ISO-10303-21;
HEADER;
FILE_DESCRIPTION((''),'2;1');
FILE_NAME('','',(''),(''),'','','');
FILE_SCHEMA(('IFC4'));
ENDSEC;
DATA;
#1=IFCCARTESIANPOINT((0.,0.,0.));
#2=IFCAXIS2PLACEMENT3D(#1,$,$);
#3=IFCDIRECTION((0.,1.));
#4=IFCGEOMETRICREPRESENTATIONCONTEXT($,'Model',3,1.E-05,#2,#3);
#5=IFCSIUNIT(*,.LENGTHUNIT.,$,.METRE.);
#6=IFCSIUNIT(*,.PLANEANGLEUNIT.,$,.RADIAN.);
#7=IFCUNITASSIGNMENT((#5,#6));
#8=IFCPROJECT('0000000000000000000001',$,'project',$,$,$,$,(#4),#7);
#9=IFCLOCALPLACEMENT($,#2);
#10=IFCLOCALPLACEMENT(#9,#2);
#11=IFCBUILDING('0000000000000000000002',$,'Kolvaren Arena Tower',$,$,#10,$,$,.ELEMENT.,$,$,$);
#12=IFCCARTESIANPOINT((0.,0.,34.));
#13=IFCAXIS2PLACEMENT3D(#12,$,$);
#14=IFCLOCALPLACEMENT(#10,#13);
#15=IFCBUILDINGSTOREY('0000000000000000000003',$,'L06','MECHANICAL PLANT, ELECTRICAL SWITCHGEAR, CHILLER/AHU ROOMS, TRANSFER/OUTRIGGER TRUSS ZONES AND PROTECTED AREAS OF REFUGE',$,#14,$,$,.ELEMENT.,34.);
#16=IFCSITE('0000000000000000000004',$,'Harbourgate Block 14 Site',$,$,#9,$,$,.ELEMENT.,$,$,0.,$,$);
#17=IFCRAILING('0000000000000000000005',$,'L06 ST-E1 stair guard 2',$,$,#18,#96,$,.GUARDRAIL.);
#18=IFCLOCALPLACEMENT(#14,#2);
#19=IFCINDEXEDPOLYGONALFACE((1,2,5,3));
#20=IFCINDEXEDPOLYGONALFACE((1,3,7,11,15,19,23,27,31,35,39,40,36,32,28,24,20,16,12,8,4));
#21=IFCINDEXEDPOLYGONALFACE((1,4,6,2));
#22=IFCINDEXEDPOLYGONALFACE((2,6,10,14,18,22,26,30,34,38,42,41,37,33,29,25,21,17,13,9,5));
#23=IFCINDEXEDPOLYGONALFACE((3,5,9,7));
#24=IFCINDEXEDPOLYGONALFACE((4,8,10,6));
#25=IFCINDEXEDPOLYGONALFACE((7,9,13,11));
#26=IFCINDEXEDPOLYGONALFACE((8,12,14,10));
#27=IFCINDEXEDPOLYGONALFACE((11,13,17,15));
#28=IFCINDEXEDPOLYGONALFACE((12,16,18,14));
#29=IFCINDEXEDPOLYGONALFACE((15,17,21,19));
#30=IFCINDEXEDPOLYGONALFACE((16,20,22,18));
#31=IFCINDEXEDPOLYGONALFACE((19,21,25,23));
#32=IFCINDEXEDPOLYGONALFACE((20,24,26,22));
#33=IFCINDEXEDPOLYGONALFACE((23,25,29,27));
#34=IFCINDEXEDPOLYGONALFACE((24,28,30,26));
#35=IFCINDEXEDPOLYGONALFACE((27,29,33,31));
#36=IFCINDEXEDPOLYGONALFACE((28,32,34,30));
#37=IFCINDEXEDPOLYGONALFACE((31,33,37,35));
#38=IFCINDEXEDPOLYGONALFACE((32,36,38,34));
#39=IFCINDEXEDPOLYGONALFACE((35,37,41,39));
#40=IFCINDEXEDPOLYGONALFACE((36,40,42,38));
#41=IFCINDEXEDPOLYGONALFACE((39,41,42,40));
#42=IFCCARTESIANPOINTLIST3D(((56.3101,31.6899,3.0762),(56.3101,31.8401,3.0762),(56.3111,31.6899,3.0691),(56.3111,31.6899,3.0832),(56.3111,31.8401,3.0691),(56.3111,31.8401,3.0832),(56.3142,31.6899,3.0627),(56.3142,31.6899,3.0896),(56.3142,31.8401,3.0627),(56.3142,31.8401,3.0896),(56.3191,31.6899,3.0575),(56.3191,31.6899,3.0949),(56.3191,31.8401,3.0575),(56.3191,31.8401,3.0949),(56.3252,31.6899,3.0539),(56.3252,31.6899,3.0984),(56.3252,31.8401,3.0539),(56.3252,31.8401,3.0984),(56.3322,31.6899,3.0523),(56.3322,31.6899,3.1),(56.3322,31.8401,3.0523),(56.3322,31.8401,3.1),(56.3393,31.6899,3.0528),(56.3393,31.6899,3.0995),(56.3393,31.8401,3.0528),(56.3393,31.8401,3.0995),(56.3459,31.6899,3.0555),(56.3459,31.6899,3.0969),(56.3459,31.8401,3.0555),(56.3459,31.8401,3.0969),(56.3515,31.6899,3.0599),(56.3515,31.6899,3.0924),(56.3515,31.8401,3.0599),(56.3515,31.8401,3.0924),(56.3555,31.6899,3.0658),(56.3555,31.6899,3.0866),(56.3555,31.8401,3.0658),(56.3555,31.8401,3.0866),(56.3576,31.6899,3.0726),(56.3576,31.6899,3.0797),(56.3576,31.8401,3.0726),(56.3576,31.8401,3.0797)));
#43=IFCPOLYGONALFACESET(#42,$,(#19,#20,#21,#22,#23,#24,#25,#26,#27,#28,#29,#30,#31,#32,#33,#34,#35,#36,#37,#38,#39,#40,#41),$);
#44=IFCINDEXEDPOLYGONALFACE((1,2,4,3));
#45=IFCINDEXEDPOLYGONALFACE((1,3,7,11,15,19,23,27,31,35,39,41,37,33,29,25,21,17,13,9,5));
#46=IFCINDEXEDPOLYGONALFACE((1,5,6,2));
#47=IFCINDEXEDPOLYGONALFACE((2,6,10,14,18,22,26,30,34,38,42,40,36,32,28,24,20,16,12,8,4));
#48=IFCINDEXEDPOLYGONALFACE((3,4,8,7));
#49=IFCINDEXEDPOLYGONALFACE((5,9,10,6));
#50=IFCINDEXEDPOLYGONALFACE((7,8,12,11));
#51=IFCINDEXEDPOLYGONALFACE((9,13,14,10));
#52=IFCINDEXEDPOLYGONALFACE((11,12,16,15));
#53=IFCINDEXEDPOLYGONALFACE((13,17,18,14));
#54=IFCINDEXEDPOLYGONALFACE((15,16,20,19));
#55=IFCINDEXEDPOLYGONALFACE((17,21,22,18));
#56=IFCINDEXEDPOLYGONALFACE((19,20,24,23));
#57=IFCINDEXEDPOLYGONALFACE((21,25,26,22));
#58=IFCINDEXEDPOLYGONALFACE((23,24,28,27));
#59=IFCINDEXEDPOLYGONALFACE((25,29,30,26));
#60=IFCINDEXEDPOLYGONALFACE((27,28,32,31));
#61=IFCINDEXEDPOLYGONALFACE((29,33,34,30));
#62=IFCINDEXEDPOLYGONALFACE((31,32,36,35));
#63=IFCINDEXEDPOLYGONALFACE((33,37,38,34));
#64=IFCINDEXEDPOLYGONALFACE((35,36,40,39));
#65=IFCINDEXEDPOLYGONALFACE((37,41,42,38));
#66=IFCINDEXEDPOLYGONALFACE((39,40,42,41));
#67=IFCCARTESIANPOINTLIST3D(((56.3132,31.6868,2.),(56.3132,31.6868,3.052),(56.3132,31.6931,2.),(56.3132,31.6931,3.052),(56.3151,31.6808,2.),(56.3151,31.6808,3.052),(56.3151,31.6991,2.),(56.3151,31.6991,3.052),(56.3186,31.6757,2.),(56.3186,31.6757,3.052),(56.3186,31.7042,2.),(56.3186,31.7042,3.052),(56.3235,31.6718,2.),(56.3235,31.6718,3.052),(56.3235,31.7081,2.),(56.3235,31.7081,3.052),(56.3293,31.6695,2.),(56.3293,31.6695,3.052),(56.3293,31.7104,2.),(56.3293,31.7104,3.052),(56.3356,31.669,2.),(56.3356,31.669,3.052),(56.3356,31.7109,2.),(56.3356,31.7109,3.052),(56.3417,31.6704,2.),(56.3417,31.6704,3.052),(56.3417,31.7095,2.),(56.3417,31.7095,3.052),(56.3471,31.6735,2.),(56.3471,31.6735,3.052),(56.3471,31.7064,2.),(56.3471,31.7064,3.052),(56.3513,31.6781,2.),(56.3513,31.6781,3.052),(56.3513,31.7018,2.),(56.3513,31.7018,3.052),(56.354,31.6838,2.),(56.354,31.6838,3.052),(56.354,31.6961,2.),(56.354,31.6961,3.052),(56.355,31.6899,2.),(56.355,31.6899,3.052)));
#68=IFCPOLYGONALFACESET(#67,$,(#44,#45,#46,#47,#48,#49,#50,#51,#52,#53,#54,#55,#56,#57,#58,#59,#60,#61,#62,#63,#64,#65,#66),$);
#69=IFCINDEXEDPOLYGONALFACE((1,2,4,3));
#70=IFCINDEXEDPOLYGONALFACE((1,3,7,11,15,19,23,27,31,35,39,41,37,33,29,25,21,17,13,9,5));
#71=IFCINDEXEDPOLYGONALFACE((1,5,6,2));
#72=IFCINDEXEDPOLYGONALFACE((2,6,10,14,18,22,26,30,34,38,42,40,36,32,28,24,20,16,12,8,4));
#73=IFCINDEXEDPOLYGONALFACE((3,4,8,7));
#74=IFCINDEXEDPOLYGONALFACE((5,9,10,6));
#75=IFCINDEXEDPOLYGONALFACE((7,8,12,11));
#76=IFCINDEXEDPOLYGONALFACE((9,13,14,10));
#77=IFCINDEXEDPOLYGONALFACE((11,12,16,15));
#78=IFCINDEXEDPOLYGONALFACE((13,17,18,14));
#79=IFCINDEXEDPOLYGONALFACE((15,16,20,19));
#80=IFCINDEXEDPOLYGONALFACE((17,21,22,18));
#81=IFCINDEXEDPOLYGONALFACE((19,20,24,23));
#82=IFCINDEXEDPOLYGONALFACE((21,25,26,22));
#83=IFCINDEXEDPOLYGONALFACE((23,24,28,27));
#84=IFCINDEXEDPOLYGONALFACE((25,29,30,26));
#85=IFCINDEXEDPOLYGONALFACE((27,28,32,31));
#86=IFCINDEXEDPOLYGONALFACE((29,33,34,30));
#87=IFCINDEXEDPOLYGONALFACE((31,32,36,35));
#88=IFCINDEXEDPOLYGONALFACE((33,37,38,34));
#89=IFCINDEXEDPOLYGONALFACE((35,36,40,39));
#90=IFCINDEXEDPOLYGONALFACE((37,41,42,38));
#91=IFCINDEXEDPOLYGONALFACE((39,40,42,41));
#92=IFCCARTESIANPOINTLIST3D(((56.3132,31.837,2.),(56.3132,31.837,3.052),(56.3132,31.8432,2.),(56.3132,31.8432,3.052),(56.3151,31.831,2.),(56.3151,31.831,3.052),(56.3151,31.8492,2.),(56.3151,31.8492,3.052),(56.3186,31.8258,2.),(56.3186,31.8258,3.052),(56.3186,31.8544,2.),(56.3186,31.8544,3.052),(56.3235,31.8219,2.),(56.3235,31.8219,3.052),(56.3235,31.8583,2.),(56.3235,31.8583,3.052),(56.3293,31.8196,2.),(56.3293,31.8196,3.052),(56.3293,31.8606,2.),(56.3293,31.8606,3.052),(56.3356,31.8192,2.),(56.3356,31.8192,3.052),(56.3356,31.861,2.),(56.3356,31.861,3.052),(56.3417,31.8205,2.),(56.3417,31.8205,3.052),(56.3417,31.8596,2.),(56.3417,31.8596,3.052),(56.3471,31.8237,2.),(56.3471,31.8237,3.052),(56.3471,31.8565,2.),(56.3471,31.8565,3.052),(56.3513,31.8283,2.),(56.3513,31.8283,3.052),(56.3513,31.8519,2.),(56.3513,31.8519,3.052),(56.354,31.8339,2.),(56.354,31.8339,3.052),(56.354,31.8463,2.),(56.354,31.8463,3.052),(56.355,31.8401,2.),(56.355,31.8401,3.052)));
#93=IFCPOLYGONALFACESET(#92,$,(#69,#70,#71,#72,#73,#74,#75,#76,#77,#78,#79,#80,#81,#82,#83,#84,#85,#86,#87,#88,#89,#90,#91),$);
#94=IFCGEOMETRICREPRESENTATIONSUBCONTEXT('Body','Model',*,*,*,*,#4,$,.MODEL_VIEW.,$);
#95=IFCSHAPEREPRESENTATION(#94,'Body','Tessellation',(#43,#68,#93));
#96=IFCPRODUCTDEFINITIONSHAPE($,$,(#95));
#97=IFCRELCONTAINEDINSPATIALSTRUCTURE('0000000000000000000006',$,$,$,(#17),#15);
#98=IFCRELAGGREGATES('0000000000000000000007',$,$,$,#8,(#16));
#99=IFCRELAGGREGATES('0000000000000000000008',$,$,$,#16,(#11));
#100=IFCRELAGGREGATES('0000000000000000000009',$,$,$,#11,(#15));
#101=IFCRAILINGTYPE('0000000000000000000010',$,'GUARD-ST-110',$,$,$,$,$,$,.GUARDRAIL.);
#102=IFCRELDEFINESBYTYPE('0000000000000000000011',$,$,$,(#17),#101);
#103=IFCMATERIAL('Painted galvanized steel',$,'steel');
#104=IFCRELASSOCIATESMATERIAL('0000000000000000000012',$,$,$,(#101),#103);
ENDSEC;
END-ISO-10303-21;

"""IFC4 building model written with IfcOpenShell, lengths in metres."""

from ifc_helpers import new_model, si_unit, direction, frame, origin, origin_2d, place, context, subcontext, project, spatial, circle, extrude, material, type_object, element, save


model = new_model("IFC4")

# Units and contexts
model_context = context("Model", 3, precision=1e-05, world=origin(), true_north=direction((0.0, 1.0)))
body_context = subcontext(model_context, "Body", "Model", "MODEL_VIEW")
ifc_project = project(units=[si_unit("LENGTHUNIT", "METRE"), si_unit("PLANEANGLEUNIT", "RADIAN")], contexts=[model_context])

# Site, building, storey
site_placement = place(None, origin())
site = spatial("IfcSite", under=ifc_project, at=site_placement, Name="Harbourgate Block 14 Site", CompositionType="ELEMENT", RefElevation=0.0)
building_placement = place(site_placement, origin())
building = spatial("IfcBuilding", under=site, at=building_placement, Name="Kolvaren Arena Tower", CompositionType="ELEMENT")
storey_placement = place(building_placement, frame((0.0, 0.0, 34.0)))
storey = spatial("IfcBuildingStorey", under=building, at=storey_placement, Name="L06", Description="MECHANICAL PLANT, ELECTRICAL SWITCHGEAR, CHILLER/AHU ROOMS, TRANSFER/OUTRIGGER TRUSS ZONES AND PROTECTED AREAS OF REFUGE", CompositionType="ELEMENT", Elevation=34.0)

# Railing
ifc_material_1 = material(Name="Painted galvanized steel", Category="steel")
railing_type_1 = type_object("IfcRailingType", Name="GUARD-ST-110", PredefinedType="GUARDRAIL", material=ifc_material_1)
railing_1_placement = place(storey_placement, frame((56.334, 31.6899, 2.0)))
element("IfcRailing", 1, at=railing_1_placement, inside=storey, type_object=railing_type_1, Name="L06 ST-E1 stair guard 2", PredefinedType="GUARDRAIL", context=body_context, shape_type="SweptSolid", body=[
    extrude(circle(Radius=0.0239, at=origin_2d()), frame((0.0, 0.0, 1.0762), z_axis=(0.0, 1.0, 0.0), x_axis=(-1.0, 0.0, 0.0)), (0.0, 0.0, 1.0), 0.1501),
    extrude(circle(Radius=0.021, at=origin_2d()), origin(), (0.0, 0.0, 1.0), 1.052),
    extrude(circle(Radius=0.021, at=origin_2d()), frame((0.0, 0.1501, 0.0)), (0.0, 0.0, 1.0), 1.052),
])

save(model, "model.ifc")
